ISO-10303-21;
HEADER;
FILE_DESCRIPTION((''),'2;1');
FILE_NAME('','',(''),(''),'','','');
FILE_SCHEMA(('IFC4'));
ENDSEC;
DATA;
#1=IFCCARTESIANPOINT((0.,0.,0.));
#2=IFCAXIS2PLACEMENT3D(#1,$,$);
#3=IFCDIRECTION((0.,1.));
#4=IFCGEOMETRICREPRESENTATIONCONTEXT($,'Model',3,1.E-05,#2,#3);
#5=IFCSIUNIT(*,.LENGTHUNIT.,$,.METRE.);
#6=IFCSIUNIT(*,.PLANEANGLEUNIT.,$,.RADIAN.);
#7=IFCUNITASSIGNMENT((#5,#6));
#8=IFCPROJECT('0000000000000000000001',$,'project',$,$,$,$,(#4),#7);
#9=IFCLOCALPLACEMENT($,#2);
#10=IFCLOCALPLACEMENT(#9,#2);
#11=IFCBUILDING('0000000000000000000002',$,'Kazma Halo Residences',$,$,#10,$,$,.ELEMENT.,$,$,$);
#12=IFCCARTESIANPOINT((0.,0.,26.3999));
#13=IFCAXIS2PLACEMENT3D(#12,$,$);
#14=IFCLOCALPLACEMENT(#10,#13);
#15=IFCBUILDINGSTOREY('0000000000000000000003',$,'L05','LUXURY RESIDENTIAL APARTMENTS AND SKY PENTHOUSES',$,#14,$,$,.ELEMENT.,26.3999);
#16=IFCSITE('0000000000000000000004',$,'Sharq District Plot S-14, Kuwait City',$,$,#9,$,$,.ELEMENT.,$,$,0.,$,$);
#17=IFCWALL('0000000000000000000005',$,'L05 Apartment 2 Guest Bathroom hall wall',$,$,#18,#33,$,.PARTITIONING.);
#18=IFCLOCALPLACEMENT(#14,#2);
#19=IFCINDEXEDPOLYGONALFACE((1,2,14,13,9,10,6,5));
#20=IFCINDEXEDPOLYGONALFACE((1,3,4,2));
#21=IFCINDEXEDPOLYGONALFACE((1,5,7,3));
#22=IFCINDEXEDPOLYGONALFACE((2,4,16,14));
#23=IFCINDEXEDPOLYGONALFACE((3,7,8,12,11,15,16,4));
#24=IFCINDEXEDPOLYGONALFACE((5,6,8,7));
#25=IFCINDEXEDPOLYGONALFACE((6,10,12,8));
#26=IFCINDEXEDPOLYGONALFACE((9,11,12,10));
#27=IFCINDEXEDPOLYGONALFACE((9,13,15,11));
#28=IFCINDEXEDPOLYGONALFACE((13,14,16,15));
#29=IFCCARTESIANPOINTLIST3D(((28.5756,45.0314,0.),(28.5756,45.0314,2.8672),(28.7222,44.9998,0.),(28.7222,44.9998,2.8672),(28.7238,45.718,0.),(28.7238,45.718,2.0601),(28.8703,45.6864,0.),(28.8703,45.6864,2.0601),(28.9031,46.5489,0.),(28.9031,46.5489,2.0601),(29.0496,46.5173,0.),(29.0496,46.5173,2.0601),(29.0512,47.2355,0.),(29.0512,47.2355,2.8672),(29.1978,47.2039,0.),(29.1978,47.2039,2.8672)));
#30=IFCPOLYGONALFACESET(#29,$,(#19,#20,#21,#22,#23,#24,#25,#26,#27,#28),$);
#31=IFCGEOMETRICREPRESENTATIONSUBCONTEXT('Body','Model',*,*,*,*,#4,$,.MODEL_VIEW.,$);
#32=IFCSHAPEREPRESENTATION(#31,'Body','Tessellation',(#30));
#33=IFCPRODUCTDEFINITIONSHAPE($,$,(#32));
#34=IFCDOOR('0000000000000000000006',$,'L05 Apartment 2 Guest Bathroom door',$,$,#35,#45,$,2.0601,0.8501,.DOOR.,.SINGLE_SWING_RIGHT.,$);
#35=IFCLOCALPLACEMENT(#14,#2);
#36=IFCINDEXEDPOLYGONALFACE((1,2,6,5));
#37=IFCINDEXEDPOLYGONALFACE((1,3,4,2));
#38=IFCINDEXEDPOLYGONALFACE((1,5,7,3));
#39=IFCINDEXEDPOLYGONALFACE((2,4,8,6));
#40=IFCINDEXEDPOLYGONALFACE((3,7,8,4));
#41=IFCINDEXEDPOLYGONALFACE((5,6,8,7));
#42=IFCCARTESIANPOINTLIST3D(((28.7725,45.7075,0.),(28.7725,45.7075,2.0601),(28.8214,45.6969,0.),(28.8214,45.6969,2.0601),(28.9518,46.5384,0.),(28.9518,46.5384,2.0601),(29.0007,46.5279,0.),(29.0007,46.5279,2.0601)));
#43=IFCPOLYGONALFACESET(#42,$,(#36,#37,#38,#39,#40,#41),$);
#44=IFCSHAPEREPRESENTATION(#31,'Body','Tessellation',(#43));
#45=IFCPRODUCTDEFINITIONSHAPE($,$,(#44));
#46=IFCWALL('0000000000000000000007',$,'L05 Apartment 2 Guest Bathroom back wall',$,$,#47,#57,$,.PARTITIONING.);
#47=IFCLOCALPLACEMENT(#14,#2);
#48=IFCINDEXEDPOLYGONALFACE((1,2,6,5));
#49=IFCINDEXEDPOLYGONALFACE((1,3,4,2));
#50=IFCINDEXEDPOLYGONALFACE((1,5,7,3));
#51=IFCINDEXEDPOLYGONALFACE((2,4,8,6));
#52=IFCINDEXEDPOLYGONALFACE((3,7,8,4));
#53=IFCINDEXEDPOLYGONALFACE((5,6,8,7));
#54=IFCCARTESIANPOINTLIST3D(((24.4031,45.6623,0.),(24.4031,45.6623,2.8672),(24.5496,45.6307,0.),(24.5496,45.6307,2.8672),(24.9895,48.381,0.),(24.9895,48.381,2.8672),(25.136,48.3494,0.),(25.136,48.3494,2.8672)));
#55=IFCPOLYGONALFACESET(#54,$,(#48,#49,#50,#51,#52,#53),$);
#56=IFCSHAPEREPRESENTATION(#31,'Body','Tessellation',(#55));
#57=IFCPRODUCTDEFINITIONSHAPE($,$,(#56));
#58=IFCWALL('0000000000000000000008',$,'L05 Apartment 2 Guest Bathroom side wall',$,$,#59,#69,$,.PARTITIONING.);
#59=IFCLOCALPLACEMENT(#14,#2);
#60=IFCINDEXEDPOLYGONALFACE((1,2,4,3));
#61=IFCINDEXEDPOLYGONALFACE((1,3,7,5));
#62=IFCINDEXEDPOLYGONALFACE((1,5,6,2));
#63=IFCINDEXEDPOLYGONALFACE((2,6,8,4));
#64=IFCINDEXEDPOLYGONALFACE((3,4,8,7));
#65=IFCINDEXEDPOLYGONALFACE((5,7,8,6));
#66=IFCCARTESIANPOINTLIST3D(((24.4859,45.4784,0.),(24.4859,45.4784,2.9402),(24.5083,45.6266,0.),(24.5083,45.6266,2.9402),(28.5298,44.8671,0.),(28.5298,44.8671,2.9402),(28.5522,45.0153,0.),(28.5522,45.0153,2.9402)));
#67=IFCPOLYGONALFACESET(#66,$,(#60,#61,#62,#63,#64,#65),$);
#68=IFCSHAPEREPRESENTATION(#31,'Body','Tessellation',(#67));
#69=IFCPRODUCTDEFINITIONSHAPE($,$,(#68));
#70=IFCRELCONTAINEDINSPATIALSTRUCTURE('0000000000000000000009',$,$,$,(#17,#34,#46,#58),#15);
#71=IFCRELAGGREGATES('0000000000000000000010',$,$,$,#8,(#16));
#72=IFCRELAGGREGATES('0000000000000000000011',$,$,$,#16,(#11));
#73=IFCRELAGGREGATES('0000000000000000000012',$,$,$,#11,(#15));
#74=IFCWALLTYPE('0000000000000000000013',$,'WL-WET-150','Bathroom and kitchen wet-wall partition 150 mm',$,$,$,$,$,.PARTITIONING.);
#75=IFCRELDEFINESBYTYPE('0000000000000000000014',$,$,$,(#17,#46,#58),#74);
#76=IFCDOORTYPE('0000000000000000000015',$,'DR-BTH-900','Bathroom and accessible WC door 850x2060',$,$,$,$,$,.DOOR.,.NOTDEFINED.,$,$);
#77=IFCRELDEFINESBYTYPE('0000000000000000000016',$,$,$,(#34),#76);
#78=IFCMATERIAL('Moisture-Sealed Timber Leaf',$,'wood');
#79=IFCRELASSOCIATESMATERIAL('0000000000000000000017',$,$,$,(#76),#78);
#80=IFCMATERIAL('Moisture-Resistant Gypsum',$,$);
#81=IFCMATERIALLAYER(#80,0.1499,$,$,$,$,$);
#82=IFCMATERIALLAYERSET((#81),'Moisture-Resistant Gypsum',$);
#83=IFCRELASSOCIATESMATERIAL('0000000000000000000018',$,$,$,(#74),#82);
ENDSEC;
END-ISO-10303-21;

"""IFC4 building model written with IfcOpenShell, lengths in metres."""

from ifc_helpers import new_model, si_unit, direction, frame, frame_2d, origin, place, context, subcontext, project, spatial, rectangle, extrude, material, layer, layer_set, type_object, element, fill, save


model = new_model("IFC4")

# Units and contexts
model_context = context("Model", 3, precision=1e-05, world=origin(), true_north=direction((0.0, 1.0)))
body_context = subcontext(model_context, "Body", "Model", "MODEL_VIEW")
ifc_project = project(units=[si_unit("LENGTHUNIT", "METRE"), si_unit("PLANEANGLEUNIT", "RADIAN")], contexts=[model_context])

# Site, building, storey
site_placement = place(None, origin())
site = spatial("IfcSite", under=ifc_project, at=site_placement, Name="Sharq District Plot S-14, Kuwait City", CompositionType="ELEMENT", RefElevation=0.0)
building_placement = place(site_placement, origin())
building = spatial("IfcBuilding", under=site, at=building_placement, Name="Kazma Halo Residences", CompositionType="ELEMENT")
storey_placement = place(building_placement, frame((0.0, 0.0, 26.3999)))
storey = spatial("IfcBuildingStorey", under=building, at=storey_placement, Name="L05", Description="LUXURY RESIDENTIAL APARTMENTS AND SKY PENTHOUSES", CompositionType="ELEMENT", Elevation=26.3999)

# Shared definitions
ifc_material_1 = material(Name="Moisture-Sealed Timber Leaf", Category="wood")
door_type = type_object("IfcDoorType", Name="DR-BTH-900", Description="Bathroom and accessible WC door 850x2060", OperationType="NOTDEFINED", PredefinedType="DOOR", material=ifc_material_1)

# Wall, opening, door
ifc_material_2 = material(Name="Moisture-Resistant Gypsum")
ifc_layer_1 = layer(ifc_material_2, 0.1499)
ifc_layer_set_1 = layer_set([ifc_layer_1], Name="Moisture-Resistant Gypsum")
wall_type_1 = type_object("IfcWallType", Name="WL-WET-150", Description="Bathroom and kitchen wet-wall partition 150 mm", PredefinedType="PARTITIONING", material=ifc_layer_set_1)
wall_1_placement = place(storey_placement, frame((29.1245, 47.2197, 0.0), z_axis=(0.0, 0.0, 1.0), x_axis=(-0.210919, -0.977504, 0.0)))
wall_1 = element("IfcWall", 1, at=wall_1_placement, inside=storey, type_object=wall_type_1, Name="L05 Apartment 2 Guest Bathroom hall wall", PredefinedType="PARTITIONING", context=body_context, shape_type="SweptSolid", body=[
    extrude(rectangle(XDim=2.2549, YDim=0.1499, at=frame_2d((1.1274, 0.0))), origin(), (0.0, 0.0, 1.0), 2.8672),
])
opening_1_placement = place(wall_1_placement, frame((0.7024, 0.0, 0.0)))
opening_1 = element("IfcOpeningElement", 2, at=opening_1_placement, cuts=wall_1, PredefinedType="OPENING", context=body_context, shape_type="SweptSolid", body=[
    extrude(rectangle(XDim=0.8501, YDim=2.0601, at=frame_2d((0.425, 1.03))), frame((0.0, 0.085, 0.0), z_axis=(0.0, -1.0, 0.0), x_axis=(1.0, 0.0, 0.0)), (0.0, 0.0, 1.0), 0.1699),
])
door_1_placement = place(opening_1_placement, origin())
door_1 = element("IfcDoor", 3, at=door_1_placement, inside=storey, type_object=door_type, Name="L05 Apartment 2 Guest Bathroom door", OperationType="SINGLE_SWING_RIGHT", OverallHeight=2.0601, OverallWidth=0.8501, PredefinedType="DOOR", context=body_context, shape_type="SweptSolid", body=[
    extrude(rectangle(XDim=0.8501, YDim=2.0601, at=frame_2d((0.425, 1.03))), frame((0.0, 0.0249, 0.0), z_axis=(0.0, -1.0, 0.0), x_axis=(1.0, 0.0, 0.0)), (0.0, 0.0, 1.0), 0.05),
])
fill(opening_1, door_1)

# Walls
wall_2_placement = place(storey_placement, frame((25.0627, 48.3652, 0.0), z_axis=(0.0, 0.0, 1.0), x_axis=(-0.210848, -0.977519, 0.0)))
element("IfcWall", 4, at=wall_2_placement, inside=storey, type_object=wall_type_1, Name="L05 Apartment 2 Guest Bathroom back wall", PredefinedType="PARTITIONING", context=body_context, shape_type="SweptSolid", body=[
    extrude(rectangle(XDim=2.7812, YDim=0.1499, at=frame_2d((1.3906, 0.0))), origin(), (0.0, 0.0, 1.0), 2.8672),
])
wall_3_placement = place(storey_placement, frame((28.541, 44.9412, 0.0), z_axis=(0.0, 0.0, 1.0), x_axis=(-0.988766, 0.149473, 0.0)))
element("IfcWall", 5, at=wall_3_placement, inside=storey, type_object=wall_type_1, Name="L05 Apartment 2 Guest Bathroom side wall", PredefinedType="PARTITIONING", context=body_context, shape_type="SweptSolid", body=[
    extrude(rectangle(XDim=4.0898, YDim=0.1499, at=frame_2d((2.0449, 0.0))), origin(), (0.0, 0.0, 1.0), 2.9402),
])

save(model, "model.ifc")
